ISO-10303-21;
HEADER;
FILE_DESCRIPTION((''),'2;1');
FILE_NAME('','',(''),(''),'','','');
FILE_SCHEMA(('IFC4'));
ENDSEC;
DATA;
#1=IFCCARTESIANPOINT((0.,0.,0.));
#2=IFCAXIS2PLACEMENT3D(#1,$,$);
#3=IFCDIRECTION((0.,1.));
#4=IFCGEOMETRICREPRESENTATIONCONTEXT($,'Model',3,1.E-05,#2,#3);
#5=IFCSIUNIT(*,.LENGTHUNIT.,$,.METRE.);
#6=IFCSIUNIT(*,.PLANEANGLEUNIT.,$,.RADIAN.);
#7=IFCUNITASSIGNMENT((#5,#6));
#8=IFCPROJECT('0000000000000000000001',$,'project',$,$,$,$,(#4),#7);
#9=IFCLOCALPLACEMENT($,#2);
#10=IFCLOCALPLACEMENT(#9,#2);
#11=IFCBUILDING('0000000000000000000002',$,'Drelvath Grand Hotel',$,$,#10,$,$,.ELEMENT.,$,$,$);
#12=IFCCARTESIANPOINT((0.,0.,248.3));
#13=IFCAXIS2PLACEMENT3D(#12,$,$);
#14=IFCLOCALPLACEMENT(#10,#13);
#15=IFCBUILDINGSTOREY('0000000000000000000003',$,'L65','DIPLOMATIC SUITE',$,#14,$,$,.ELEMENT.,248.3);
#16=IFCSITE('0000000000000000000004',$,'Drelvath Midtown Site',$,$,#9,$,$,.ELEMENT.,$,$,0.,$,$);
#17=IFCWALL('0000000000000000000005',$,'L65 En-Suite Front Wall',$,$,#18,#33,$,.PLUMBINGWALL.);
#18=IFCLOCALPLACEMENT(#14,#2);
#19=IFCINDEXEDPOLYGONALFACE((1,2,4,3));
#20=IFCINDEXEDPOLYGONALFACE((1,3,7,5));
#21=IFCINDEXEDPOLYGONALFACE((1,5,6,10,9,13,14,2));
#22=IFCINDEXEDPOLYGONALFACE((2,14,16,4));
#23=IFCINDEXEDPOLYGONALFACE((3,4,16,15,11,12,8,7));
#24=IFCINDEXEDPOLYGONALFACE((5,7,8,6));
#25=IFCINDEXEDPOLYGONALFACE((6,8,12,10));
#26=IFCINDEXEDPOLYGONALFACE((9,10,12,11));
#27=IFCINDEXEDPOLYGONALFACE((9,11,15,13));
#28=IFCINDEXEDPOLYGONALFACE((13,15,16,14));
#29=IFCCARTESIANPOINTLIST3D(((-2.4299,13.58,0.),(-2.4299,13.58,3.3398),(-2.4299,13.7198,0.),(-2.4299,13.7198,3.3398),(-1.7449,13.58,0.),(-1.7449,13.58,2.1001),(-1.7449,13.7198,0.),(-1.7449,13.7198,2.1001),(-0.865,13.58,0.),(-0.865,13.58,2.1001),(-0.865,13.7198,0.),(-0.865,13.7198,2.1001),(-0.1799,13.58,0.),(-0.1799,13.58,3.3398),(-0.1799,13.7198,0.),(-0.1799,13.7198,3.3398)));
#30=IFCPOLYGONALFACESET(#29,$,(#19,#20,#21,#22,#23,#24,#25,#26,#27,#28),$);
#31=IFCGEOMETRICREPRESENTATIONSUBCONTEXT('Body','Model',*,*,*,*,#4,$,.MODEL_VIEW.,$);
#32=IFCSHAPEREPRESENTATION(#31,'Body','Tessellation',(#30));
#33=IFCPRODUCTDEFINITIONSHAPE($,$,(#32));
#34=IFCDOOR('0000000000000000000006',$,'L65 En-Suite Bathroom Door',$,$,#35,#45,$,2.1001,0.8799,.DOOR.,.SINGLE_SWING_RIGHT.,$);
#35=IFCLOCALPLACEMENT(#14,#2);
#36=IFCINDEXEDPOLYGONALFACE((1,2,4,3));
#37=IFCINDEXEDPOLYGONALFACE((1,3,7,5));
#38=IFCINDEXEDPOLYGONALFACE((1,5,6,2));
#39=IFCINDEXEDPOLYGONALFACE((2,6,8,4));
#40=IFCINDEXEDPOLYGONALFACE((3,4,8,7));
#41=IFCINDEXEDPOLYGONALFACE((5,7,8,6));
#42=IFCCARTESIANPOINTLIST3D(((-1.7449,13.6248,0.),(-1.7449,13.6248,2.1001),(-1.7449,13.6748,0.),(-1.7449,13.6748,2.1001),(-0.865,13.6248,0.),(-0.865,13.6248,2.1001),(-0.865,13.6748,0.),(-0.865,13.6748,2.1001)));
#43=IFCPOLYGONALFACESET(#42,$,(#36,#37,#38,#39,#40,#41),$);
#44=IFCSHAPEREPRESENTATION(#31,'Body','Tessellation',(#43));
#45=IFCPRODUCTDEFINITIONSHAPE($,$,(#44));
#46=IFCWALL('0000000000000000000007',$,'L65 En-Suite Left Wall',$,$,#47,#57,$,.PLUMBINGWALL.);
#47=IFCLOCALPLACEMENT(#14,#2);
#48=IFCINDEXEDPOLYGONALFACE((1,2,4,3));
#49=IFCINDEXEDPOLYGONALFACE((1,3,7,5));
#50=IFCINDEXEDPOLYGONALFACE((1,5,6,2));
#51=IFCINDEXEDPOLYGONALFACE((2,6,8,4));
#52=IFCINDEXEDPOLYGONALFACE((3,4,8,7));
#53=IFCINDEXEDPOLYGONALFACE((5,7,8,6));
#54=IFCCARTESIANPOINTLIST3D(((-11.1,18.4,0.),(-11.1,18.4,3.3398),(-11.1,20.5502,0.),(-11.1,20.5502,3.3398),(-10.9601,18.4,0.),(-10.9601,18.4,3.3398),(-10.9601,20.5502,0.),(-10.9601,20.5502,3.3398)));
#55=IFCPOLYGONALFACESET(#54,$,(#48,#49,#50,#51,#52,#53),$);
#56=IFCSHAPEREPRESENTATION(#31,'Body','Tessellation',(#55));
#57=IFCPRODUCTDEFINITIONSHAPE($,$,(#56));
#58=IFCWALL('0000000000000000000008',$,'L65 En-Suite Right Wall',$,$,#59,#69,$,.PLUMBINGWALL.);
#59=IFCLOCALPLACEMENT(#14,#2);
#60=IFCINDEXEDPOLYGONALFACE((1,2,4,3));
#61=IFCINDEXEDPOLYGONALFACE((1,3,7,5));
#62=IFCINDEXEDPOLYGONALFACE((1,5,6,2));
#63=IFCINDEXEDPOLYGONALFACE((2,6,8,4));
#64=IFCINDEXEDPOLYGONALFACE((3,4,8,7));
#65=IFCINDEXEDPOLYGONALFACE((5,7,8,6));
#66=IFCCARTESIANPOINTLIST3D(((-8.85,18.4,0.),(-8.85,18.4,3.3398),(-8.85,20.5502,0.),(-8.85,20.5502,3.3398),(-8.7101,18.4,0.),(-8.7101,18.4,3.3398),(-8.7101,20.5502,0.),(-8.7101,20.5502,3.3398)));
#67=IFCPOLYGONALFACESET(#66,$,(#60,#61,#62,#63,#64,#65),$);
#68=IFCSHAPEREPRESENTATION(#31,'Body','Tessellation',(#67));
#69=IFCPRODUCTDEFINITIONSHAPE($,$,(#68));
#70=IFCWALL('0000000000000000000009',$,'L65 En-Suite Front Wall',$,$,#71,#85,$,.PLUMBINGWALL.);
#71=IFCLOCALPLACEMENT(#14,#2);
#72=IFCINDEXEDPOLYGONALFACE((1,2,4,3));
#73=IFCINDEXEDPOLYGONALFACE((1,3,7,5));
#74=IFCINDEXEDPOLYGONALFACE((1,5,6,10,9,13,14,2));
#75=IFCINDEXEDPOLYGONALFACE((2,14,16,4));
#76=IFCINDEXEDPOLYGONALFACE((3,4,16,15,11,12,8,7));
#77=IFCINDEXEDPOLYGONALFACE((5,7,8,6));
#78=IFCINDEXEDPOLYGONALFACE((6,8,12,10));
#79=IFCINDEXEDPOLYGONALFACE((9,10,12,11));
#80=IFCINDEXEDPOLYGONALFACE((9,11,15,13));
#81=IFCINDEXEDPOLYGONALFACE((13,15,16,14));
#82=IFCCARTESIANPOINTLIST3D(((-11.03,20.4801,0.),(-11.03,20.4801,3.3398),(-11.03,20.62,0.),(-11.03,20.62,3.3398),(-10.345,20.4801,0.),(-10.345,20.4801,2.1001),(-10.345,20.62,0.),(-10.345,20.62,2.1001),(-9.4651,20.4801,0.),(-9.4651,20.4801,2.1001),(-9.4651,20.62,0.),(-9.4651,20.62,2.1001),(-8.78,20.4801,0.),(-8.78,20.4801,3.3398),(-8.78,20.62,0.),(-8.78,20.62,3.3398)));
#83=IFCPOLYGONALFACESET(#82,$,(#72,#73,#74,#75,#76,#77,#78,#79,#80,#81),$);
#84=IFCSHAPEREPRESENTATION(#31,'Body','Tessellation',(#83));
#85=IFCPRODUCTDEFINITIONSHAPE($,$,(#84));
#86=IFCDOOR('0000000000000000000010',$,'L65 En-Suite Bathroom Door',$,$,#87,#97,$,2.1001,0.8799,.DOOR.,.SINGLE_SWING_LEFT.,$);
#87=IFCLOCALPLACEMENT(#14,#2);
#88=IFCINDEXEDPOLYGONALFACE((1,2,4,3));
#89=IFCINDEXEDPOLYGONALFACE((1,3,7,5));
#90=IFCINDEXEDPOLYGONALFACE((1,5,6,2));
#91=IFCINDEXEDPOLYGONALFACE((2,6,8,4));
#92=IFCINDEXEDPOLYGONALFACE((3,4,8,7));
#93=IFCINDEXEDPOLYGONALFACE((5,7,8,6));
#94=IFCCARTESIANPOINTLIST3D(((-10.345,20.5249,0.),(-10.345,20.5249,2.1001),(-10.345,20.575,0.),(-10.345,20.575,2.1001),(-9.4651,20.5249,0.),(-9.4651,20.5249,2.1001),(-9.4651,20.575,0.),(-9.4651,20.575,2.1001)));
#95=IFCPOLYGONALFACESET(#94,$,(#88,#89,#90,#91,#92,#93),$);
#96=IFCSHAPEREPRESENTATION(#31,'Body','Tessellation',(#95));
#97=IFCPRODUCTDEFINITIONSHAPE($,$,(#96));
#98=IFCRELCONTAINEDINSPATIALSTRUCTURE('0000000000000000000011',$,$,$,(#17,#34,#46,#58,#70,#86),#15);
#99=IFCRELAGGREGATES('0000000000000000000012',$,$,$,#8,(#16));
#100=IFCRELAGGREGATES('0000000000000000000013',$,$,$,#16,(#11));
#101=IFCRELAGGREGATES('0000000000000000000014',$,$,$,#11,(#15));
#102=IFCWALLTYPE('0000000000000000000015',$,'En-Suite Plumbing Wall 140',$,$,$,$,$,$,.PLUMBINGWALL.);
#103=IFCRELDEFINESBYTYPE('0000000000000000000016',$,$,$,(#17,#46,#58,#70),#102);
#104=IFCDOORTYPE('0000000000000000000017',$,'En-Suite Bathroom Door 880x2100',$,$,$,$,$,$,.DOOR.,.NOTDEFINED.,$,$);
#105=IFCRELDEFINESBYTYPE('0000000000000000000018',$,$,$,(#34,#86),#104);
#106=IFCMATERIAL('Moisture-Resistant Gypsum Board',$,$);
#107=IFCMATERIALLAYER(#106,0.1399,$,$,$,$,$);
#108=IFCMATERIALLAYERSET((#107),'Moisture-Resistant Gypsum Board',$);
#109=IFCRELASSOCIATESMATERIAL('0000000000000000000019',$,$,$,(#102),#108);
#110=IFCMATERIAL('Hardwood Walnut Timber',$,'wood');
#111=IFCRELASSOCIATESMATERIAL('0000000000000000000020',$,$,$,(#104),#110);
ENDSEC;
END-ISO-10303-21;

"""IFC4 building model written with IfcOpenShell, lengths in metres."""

from ifc_helpers import new_model, si_unit, direction, frame, frame_2d, origin, place, context, subcontext, project, spatial, rectangle, extrude, material, layer, layer_set, type_object, element, fill, save


model = new_model("IFC4")

# Units and contexts
model_context = context("Model", 3, precision=1e-05, world=origin(), true_north=direction((0.0, 1.0)))
body_context = subcontext(model_context, "Body", "Model", "MODEL_VIEW")
ifc_project = project(units=[si_unit("LENGTHUNIT", "METRE"), si_unit("PLANEANGLEUNIT", "RADIAN")], contexts=[model_context])

# Site, building, storey
site_placement = place(None, origin())
site = spatial("IfcSite", under=ifc_project, at=site_placement, Name="Drelvath Midtown Site", CompositionType="ELEMENT", RefElevation=0.0)
building_placement = place(site_placement, origin())
building = spatial("IfcBuilding", under=site, at=building_placement, Name="Drelvath Grand Hotel", CompositionType="ELEMENT")
storey_placement = place(building_placement, frame((0.0, 0.0, 248.3)))
storey = spatial("IfcBuildingStorey", under=building, at=storey_placement, Name="L65", Description="DIPLOMATIC SUITE", CompositionType="ELEMENT", Elevation=248.3)

# Shared definitions
ifc_material_1 = material(Name="Hardwood Walnut Timber", Category="wood")

# Shared definitions
ifc_material_2 = material(Name="Moisture-Resistant Gypsum Board")
ifc_layer_1 = layer(ifc_material_2, 0.1399)
ifc_layer_set_1 = layer_set([ifc_layer_1], Name="Moisture-Resistant Gypsum Board")
wall_type_1 = type_object("IfcWallType", Name="En-Suite Plumbing Wall 140", PredefinedType="PLUMBINGWALL", material=ifc_layer_set_1)

# Shared definitions
door_type_1 = type_object("IfcDoorType", Name="En-Suite Bathroom Door 880x2100", OperationType="NOTDEFINED", PredefinedType="DOOR", material=ifc_material_1)

# Wall, opening, door
wall_1_placement = place(storey_placement, frame((-2.4299, 13.6499, 0.0), z_axis=(0.0, 0.0, 1.0), x_axis=(1.0, 0.0, 0.0)))
wall_1 = element("IfcWall", 1, at=wall_1_placement, inside=storey, type_object=wall_type_1, Name="L65 En-Suite Front Wall", PredefinedType="PLUMBINGWALL", context=body_context, shape_type="SweptSolid", body=[
    extrude(rectangle(XDim=2.25, YDim=0.1399, at=frame_2d((1.125, 0.0))), origin(), (0.0, 0.0, 1.0), 3.3398),
])
opening_1_placement = place(wall_1_placement, frame((0.6851, 0.0, 0.0)))
opening_1 = element("IfcOpeningElement", 2, at=opening_1_placement, cuts=wall_1, PredefinedType="OPENING", context=body_context, shape_type="SweptSolid", body=[
    extrude(rectangle(XDim=0.8799, YDim=2.1001, at=frame_2d((0.4399, 1.05))), frame((0.0, 0.0798, 0.0), z_axis=(0.0, -1.0, 0.0), x_axis=(1.0, 0.0, 0.0)), (0.0, 0.0, 1.0), 0.1599),
])
door_1_placement = place(opening_1_placement, origin())
door_1 = element("IfcDoor", 3, at=door_1_placement, inside=storey, type_object=door_type_1, Name="L65 En-Suite Bathroom Door", OperationType="SINGLE_SWING_RIGHT", OverallHeight=2.1001, OverallWidth=0.8799, PredefinedType="DOOR", context=body_context, shape_type="SweptSolid", body=[
    extrude(rectangle(XDim=0.8799, YDim=2.1001, at=frame_2d((0.4399, 1.05))), frame((0.0, 0.0249, 0.0), z_axis=(0.0, -1.0, 0.0), x_axis=(1.0, 0.0, 0.0)), (0.0, 0.0, 1.0), 0.05),
])
fill(opening_1, door_1)

# Walls
for number, where, z_axis, x_axis, name in (
    (4, (-11.03, 18.3999, 0.0), (0.0, 0.0, 1.0), (0.0, 1.0, 0.0), "L65 En-Suite Left Wall"),
    (5, (-8.78, 18.3999, 0.0), (0.0, 0.0, 1.0), (0.0, 1.0, 0.0), "L65 En-Suite Right Wall"),
):
    element("IfcWall", number, at=place(storey_placement, frame(where, z_axis=z_axis, x_axis=x_axis)), inside=storey, type_object=wall_type_1, Name=name, PredefinedType="PLUMBINGWALL", context=body_context, shape_type="SweptSolid", body=[
        extrude(rectangle(XDim=2.1501, YDim=0.1399, at=frame_2d((1.0752, 0.0))), origin(), (0.0, 0.0, 1.0), 3.3398),
    ])

# Wall, opening, door
wall_2_placement = place(storey_placement, frame((-11.03, 20.55, 0.0), z_axis=(0.0, 0.0, 1.0), x_axis=(1.0, 0.0, 0.0)))
wall_2 = element("IfcWall", 6, at=wall_2_placement, inside=storey, type_object=wall_type_1, Name="L65 En-Suite Front Wall", PredefinedType="PLUMBINGWALL", context=body_context, shape_type="SweptSolid", body=[
    extrude(rectangle(XDim=2.25, YDim=0.1399, at=frame_2d((1.125, 0.0))), origin(), (0.0, 0.0, 1.0), 3.3398),
])
opening_2_placement = place(wall_2_placement, frame((0.6851, 0.0, 0.0)))
opening_2 = element("IfcOpeningElement", 7, at=opening_2_placement, cuts=wall_2, PredefinedType="OPENING", context=body_context, shape_type="SweptSolid", body=[
    extrude(rectangle(XDim=0.8799, YDim=2.1001, at=frame_2d((0.4399, 1.05))), frame((0.0, 0.0798, 0.0), z_axis=(0.0, -1.0, 0.0), x_axis=(1.0, 0.0, 0.0)), (0.0, 0.0, 1.0), 0.1599),
])
door_2_placement = place(opening_2_placement, origin())
door_2 = element("IfcDoor", 8, at=door_2_placement, inside=storey, type_object=door_type_1, Name="L65 En-Suite Bathroom Door", OperationType="SINGLE_SWING_LEFT", OverallHeight=2.1001, OverallWidth=0.8799, PredefinedType="DOOR", context=body_context, shape_type="SweptSolid", body=[
    extrude(rectangle(XDim=0.8799, YDim=2.1001, at=frame_2d((0.4399, 1.05))), frame((0.0, 0.0249, 0.0), z_axis=(0.0, -1.0, 0.0), x_axis=(1.0, 0.0, 0.0)), (0.0, 0.0, 1.0), 0.05),
])
fill(opening_2, door_2)

save(model, "model.ifc")
